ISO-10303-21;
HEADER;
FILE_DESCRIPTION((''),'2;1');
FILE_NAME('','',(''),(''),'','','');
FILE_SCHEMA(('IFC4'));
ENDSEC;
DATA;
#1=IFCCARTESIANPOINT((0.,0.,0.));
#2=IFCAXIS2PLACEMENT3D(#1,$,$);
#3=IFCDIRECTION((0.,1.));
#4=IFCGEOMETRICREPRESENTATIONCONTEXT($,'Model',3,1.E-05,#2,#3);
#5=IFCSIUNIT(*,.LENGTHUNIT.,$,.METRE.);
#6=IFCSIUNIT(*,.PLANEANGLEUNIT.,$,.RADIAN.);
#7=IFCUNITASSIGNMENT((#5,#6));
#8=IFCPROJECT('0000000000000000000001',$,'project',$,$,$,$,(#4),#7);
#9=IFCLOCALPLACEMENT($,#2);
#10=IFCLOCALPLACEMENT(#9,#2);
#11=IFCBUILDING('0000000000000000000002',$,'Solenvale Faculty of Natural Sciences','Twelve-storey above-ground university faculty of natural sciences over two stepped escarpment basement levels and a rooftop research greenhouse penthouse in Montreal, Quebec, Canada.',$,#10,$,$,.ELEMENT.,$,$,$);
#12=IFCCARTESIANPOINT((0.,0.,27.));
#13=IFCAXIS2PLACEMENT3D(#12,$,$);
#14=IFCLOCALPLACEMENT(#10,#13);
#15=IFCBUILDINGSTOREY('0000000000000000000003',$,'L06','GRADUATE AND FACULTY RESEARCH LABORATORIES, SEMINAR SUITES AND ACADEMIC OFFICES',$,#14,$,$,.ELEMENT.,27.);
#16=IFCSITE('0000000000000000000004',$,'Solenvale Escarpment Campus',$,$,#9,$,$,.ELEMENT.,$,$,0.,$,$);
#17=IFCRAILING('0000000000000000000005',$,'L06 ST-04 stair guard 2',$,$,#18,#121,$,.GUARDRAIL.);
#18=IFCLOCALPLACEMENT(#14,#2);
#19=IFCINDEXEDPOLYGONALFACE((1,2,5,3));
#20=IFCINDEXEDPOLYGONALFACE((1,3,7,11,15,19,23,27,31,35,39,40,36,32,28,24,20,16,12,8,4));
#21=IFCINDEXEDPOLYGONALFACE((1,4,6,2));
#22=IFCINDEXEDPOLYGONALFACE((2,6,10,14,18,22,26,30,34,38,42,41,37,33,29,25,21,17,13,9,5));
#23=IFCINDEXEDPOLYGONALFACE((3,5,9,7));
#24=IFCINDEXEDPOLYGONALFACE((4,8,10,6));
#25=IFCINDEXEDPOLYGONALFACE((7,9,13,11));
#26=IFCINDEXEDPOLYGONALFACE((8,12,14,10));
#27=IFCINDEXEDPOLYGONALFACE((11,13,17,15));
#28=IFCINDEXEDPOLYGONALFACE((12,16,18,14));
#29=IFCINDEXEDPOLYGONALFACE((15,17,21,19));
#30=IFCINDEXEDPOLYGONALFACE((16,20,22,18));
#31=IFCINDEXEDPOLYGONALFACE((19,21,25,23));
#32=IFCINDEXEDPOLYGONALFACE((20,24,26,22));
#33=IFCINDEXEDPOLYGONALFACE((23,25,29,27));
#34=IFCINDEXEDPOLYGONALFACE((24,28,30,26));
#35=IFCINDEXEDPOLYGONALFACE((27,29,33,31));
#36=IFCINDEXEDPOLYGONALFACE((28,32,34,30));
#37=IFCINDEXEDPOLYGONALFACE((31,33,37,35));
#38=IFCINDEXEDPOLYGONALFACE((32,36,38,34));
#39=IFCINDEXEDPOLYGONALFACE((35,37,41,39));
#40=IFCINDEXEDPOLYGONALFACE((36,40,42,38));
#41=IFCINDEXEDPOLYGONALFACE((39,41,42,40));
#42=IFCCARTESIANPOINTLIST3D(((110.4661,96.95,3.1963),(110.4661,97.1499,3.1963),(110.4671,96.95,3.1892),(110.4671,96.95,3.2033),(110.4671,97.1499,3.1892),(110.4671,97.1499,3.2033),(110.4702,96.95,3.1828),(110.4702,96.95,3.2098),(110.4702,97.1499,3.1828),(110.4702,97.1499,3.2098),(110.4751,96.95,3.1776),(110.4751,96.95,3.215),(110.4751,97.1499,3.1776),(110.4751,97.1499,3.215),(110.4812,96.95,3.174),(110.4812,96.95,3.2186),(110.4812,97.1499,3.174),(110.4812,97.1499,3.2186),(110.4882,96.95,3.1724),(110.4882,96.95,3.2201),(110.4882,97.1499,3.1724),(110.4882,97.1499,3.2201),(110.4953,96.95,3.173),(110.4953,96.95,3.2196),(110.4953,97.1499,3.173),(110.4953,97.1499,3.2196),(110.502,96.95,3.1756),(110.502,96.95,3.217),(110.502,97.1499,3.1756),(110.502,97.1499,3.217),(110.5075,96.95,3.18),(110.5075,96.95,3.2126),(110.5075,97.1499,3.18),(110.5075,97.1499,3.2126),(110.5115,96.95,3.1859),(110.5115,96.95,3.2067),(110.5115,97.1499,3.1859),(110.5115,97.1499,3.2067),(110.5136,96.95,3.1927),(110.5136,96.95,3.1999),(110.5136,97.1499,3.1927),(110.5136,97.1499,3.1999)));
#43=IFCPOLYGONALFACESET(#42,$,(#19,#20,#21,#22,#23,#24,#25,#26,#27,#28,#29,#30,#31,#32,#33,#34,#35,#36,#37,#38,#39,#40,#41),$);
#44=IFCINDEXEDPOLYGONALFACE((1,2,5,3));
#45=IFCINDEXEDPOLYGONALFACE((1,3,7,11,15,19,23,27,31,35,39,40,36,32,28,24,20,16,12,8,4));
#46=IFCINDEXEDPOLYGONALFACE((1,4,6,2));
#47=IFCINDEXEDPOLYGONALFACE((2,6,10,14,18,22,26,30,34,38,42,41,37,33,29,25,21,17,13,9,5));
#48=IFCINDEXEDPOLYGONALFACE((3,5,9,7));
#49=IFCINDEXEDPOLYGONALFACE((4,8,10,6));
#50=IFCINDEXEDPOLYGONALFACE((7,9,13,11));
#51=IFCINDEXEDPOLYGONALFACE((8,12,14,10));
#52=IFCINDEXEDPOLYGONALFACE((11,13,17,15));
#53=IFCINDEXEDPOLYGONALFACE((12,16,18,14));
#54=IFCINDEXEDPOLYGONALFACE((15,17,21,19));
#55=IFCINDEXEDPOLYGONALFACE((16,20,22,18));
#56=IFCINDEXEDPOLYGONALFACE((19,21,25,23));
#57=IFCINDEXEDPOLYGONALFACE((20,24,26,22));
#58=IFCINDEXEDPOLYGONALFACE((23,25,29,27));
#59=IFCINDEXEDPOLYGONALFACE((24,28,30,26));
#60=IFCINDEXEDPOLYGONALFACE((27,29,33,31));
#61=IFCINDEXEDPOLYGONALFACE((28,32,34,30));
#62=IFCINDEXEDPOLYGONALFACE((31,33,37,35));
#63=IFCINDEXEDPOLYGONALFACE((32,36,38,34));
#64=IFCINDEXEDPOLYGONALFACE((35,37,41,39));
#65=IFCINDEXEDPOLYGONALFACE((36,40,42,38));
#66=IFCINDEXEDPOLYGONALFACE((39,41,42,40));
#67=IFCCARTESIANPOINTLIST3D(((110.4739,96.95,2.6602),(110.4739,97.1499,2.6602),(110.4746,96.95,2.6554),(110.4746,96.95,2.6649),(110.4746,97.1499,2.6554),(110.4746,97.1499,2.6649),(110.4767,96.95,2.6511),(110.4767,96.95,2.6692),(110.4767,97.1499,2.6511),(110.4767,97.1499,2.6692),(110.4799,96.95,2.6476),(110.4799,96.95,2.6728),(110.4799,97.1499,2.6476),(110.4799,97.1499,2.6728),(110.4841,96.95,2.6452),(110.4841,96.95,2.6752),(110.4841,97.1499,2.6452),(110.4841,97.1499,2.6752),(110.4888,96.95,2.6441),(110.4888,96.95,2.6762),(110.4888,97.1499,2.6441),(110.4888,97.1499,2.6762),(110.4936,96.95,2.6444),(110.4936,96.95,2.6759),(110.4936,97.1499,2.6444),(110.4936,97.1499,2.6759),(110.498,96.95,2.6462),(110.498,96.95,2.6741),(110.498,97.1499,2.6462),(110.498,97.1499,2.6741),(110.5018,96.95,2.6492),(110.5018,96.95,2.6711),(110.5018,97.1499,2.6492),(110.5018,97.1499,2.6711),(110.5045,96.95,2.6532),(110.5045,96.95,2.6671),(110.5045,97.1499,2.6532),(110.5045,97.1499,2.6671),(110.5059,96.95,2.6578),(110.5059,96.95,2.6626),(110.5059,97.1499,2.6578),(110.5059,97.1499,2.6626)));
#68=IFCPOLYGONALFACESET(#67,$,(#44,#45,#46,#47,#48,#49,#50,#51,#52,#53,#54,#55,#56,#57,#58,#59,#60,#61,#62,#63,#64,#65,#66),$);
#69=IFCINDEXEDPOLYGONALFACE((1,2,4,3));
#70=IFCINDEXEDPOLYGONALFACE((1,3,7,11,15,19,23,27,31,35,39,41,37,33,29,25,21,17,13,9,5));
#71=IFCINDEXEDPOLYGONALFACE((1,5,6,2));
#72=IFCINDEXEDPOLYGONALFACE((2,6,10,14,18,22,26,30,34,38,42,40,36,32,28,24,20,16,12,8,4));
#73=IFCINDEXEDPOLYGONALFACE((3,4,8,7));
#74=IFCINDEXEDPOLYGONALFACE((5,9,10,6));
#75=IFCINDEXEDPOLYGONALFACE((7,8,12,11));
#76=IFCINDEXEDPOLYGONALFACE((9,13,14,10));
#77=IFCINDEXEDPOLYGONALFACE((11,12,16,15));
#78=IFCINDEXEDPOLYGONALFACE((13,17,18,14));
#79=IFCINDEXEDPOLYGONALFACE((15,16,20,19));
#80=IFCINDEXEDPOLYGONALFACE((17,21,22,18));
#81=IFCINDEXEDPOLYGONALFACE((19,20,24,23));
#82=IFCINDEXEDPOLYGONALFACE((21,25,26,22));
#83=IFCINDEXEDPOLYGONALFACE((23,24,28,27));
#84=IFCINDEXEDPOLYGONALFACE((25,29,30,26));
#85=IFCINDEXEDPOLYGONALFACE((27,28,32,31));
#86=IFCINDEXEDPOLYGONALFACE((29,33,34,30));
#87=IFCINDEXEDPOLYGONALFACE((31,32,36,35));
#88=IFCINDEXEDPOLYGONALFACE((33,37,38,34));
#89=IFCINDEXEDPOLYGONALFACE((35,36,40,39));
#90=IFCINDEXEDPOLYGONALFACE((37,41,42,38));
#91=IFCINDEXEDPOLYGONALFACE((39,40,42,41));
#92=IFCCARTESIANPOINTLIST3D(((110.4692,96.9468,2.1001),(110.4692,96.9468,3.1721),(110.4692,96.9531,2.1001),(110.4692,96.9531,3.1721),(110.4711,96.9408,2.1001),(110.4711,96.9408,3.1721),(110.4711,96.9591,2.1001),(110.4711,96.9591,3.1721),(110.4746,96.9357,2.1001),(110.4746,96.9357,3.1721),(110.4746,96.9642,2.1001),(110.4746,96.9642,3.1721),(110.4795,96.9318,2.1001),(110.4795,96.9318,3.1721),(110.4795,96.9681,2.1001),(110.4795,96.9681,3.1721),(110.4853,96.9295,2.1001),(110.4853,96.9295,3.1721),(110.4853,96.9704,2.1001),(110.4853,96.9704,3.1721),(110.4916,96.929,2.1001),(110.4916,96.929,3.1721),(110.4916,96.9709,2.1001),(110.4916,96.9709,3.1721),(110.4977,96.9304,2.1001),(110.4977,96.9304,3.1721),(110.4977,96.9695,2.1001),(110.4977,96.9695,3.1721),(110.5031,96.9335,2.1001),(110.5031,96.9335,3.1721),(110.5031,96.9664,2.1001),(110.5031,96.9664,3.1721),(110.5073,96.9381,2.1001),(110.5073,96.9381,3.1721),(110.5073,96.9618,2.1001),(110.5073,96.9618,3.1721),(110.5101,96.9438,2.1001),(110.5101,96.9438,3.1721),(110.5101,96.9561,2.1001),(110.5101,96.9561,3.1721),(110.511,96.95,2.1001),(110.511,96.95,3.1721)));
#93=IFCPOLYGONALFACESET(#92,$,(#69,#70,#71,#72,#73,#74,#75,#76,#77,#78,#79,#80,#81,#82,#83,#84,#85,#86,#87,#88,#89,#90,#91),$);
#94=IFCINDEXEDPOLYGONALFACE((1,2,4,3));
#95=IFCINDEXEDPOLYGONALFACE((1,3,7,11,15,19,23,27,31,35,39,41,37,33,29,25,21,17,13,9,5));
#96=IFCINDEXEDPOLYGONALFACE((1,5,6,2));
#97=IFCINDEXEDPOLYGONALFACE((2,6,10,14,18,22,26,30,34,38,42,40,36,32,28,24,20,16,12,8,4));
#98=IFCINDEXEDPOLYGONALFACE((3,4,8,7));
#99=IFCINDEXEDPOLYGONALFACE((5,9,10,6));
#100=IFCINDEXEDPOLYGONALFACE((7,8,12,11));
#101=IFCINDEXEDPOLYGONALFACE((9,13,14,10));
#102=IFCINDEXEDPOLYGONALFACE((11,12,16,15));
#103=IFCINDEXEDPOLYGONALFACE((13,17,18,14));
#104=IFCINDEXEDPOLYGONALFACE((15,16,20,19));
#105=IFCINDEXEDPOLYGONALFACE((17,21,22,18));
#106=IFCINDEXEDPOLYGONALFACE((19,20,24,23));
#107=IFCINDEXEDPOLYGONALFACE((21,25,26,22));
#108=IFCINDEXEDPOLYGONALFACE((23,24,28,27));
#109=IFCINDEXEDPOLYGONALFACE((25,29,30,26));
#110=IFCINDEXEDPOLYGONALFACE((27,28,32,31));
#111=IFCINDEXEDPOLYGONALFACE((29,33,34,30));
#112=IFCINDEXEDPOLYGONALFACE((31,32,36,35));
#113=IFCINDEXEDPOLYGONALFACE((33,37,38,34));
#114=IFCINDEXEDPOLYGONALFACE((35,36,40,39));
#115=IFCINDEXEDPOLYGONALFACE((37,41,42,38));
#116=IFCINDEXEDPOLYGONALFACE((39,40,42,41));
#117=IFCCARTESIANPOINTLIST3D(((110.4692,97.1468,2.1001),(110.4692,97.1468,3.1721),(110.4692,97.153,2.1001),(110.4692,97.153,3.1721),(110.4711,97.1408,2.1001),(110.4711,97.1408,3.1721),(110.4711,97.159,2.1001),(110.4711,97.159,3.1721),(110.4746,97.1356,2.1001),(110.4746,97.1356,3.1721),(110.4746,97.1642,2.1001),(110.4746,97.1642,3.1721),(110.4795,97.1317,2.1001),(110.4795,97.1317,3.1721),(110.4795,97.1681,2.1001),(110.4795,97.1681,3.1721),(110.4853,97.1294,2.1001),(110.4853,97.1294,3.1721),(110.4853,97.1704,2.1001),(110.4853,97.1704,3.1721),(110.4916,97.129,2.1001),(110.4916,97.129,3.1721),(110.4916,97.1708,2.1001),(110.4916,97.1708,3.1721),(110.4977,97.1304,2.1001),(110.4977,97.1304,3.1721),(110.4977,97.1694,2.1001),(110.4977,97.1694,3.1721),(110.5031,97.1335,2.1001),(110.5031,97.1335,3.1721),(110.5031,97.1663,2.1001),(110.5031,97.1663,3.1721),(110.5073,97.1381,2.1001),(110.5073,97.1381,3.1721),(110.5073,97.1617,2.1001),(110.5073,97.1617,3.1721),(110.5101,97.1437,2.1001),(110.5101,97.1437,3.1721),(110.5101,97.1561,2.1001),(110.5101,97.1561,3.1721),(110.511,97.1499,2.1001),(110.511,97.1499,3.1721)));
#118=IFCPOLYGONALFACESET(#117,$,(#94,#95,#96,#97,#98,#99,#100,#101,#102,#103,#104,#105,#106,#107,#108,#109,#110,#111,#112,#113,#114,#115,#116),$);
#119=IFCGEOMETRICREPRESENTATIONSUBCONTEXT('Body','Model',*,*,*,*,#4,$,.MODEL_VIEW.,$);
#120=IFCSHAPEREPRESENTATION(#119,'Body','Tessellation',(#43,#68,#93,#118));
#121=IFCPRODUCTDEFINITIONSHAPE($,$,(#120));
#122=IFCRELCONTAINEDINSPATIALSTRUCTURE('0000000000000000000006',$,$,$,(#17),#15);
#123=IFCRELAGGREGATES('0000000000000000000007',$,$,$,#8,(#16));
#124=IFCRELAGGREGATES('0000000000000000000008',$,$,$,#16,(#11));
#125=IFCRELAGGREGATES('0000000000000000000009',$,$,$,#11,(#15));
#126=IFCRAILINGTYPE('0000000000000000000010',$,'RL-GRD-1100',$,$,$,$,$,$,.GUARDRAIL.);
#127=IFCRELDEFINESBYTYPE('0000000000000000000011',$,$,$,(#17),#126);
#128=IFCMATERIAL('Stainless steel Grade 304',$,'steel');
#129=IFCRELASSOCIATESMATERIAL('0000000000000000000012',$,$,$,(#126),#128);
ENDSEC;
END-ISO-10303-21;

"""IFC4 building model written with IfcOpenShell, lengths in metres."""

from ifc_helpers import new_model, si_unit, direction, frame, origin, origin_2d, place, context, subcontext, project, spatial, circle, extrude, material, type_object, element, save


model = new_model("IFC4")

# Units and contexts
model_context = context("Model", 3, precision=1e-05, world=origin(), true_north=direction((0.0, 1.0)))
body_context = subcontext(model_context, "Body", "Model", "MODEL_VIEW")
ifc_project = project(units=[si_unit("LENGTHUNIT", "METRE"), si_unit("PLANEANGLEUNIT", "RADIAN")], contexts=[model_context])

# Site, building, storey
site_placement = place(None, origin())
site = spatial("IfcSite", under=ifc_project, at=site_placement, Name="Solenvale Escarpment Campus", CompositionType="ELEMENT", RefElevation=0.0)
building_placement = place(site_placement, origin())
building = spatial("IfcBuilding", under=site, at=building_placement, Name="Solenvale Faculty of Natural Sciences", Description="Twelve-storey above-ground university faculty of natural sciences over two stepped escarpment basement levels and a rooftop research greenhouse penthouse in Montreal, Quebec, Canada.", CompositionType="ELEMENT")
storey_placement = place(building_placement, frame((0.0, 0.0, 27.0)))
storey = spatial("IfcBuildingStorey", under=building, at=storey_placement, Name="L06", Description="GRADUATE AND FACULTY RESEARCH LABORATORIES, SEMINAR SUITES AND ACADEMIC OFFICES", CompositionType="ELEMENT", Elevation=27.0)

# Railing
ifc_material_1 = material(Name="Stainless steel Grade 304", Category="steel")
railing_type_1 = type_object("IfcRailingType", Name="RL-GRD-1100", PredefinedType="GUARDRAIL", material=ifc_material_1)
railing_1_placement = place(storey_placement, frame((110.49, 96.95, 2.1001)))
element("IfcRailing", 1, at=railing_1_placement, inside=storey, type_object=railing_type_1, Name="L06 ST-04 stair guard 2", PredefinedType="GUARDRAIL", context=body_context, shape_type="SweptSolid", body=[
    extrude(circle(Radius=0.0239, at=origin_2d()), frame((0.0, 0.0, 1.0962), z_axis=(0.0, 1.0, 0.0), x_axis=(-1.0, 0.0, 0.0)), (0.0, 0.0, 1.0), 0.2),
    extrude(circle(Radius=0.0161, at=origin_2d()), frame((0.0, 0.0, 0.5601), z_axis=(0.0, 1.0, 0.0), x_axis=(-1.0, 0.0, 0.0)), (0.0, 0.0, 1.0), 0.2),
    extrude(circle(Radius=0.021, at=origin_2d()), origin(), (0.0, 0.0, 1.0), 1.072),
    extrude(circle(Radius=0.021, at=origin_2d()), frame((0.0, 0.2, 0.0)), (0.0, 0.0, 1.0), 1.072),
])

save(model, "model.ifc")
